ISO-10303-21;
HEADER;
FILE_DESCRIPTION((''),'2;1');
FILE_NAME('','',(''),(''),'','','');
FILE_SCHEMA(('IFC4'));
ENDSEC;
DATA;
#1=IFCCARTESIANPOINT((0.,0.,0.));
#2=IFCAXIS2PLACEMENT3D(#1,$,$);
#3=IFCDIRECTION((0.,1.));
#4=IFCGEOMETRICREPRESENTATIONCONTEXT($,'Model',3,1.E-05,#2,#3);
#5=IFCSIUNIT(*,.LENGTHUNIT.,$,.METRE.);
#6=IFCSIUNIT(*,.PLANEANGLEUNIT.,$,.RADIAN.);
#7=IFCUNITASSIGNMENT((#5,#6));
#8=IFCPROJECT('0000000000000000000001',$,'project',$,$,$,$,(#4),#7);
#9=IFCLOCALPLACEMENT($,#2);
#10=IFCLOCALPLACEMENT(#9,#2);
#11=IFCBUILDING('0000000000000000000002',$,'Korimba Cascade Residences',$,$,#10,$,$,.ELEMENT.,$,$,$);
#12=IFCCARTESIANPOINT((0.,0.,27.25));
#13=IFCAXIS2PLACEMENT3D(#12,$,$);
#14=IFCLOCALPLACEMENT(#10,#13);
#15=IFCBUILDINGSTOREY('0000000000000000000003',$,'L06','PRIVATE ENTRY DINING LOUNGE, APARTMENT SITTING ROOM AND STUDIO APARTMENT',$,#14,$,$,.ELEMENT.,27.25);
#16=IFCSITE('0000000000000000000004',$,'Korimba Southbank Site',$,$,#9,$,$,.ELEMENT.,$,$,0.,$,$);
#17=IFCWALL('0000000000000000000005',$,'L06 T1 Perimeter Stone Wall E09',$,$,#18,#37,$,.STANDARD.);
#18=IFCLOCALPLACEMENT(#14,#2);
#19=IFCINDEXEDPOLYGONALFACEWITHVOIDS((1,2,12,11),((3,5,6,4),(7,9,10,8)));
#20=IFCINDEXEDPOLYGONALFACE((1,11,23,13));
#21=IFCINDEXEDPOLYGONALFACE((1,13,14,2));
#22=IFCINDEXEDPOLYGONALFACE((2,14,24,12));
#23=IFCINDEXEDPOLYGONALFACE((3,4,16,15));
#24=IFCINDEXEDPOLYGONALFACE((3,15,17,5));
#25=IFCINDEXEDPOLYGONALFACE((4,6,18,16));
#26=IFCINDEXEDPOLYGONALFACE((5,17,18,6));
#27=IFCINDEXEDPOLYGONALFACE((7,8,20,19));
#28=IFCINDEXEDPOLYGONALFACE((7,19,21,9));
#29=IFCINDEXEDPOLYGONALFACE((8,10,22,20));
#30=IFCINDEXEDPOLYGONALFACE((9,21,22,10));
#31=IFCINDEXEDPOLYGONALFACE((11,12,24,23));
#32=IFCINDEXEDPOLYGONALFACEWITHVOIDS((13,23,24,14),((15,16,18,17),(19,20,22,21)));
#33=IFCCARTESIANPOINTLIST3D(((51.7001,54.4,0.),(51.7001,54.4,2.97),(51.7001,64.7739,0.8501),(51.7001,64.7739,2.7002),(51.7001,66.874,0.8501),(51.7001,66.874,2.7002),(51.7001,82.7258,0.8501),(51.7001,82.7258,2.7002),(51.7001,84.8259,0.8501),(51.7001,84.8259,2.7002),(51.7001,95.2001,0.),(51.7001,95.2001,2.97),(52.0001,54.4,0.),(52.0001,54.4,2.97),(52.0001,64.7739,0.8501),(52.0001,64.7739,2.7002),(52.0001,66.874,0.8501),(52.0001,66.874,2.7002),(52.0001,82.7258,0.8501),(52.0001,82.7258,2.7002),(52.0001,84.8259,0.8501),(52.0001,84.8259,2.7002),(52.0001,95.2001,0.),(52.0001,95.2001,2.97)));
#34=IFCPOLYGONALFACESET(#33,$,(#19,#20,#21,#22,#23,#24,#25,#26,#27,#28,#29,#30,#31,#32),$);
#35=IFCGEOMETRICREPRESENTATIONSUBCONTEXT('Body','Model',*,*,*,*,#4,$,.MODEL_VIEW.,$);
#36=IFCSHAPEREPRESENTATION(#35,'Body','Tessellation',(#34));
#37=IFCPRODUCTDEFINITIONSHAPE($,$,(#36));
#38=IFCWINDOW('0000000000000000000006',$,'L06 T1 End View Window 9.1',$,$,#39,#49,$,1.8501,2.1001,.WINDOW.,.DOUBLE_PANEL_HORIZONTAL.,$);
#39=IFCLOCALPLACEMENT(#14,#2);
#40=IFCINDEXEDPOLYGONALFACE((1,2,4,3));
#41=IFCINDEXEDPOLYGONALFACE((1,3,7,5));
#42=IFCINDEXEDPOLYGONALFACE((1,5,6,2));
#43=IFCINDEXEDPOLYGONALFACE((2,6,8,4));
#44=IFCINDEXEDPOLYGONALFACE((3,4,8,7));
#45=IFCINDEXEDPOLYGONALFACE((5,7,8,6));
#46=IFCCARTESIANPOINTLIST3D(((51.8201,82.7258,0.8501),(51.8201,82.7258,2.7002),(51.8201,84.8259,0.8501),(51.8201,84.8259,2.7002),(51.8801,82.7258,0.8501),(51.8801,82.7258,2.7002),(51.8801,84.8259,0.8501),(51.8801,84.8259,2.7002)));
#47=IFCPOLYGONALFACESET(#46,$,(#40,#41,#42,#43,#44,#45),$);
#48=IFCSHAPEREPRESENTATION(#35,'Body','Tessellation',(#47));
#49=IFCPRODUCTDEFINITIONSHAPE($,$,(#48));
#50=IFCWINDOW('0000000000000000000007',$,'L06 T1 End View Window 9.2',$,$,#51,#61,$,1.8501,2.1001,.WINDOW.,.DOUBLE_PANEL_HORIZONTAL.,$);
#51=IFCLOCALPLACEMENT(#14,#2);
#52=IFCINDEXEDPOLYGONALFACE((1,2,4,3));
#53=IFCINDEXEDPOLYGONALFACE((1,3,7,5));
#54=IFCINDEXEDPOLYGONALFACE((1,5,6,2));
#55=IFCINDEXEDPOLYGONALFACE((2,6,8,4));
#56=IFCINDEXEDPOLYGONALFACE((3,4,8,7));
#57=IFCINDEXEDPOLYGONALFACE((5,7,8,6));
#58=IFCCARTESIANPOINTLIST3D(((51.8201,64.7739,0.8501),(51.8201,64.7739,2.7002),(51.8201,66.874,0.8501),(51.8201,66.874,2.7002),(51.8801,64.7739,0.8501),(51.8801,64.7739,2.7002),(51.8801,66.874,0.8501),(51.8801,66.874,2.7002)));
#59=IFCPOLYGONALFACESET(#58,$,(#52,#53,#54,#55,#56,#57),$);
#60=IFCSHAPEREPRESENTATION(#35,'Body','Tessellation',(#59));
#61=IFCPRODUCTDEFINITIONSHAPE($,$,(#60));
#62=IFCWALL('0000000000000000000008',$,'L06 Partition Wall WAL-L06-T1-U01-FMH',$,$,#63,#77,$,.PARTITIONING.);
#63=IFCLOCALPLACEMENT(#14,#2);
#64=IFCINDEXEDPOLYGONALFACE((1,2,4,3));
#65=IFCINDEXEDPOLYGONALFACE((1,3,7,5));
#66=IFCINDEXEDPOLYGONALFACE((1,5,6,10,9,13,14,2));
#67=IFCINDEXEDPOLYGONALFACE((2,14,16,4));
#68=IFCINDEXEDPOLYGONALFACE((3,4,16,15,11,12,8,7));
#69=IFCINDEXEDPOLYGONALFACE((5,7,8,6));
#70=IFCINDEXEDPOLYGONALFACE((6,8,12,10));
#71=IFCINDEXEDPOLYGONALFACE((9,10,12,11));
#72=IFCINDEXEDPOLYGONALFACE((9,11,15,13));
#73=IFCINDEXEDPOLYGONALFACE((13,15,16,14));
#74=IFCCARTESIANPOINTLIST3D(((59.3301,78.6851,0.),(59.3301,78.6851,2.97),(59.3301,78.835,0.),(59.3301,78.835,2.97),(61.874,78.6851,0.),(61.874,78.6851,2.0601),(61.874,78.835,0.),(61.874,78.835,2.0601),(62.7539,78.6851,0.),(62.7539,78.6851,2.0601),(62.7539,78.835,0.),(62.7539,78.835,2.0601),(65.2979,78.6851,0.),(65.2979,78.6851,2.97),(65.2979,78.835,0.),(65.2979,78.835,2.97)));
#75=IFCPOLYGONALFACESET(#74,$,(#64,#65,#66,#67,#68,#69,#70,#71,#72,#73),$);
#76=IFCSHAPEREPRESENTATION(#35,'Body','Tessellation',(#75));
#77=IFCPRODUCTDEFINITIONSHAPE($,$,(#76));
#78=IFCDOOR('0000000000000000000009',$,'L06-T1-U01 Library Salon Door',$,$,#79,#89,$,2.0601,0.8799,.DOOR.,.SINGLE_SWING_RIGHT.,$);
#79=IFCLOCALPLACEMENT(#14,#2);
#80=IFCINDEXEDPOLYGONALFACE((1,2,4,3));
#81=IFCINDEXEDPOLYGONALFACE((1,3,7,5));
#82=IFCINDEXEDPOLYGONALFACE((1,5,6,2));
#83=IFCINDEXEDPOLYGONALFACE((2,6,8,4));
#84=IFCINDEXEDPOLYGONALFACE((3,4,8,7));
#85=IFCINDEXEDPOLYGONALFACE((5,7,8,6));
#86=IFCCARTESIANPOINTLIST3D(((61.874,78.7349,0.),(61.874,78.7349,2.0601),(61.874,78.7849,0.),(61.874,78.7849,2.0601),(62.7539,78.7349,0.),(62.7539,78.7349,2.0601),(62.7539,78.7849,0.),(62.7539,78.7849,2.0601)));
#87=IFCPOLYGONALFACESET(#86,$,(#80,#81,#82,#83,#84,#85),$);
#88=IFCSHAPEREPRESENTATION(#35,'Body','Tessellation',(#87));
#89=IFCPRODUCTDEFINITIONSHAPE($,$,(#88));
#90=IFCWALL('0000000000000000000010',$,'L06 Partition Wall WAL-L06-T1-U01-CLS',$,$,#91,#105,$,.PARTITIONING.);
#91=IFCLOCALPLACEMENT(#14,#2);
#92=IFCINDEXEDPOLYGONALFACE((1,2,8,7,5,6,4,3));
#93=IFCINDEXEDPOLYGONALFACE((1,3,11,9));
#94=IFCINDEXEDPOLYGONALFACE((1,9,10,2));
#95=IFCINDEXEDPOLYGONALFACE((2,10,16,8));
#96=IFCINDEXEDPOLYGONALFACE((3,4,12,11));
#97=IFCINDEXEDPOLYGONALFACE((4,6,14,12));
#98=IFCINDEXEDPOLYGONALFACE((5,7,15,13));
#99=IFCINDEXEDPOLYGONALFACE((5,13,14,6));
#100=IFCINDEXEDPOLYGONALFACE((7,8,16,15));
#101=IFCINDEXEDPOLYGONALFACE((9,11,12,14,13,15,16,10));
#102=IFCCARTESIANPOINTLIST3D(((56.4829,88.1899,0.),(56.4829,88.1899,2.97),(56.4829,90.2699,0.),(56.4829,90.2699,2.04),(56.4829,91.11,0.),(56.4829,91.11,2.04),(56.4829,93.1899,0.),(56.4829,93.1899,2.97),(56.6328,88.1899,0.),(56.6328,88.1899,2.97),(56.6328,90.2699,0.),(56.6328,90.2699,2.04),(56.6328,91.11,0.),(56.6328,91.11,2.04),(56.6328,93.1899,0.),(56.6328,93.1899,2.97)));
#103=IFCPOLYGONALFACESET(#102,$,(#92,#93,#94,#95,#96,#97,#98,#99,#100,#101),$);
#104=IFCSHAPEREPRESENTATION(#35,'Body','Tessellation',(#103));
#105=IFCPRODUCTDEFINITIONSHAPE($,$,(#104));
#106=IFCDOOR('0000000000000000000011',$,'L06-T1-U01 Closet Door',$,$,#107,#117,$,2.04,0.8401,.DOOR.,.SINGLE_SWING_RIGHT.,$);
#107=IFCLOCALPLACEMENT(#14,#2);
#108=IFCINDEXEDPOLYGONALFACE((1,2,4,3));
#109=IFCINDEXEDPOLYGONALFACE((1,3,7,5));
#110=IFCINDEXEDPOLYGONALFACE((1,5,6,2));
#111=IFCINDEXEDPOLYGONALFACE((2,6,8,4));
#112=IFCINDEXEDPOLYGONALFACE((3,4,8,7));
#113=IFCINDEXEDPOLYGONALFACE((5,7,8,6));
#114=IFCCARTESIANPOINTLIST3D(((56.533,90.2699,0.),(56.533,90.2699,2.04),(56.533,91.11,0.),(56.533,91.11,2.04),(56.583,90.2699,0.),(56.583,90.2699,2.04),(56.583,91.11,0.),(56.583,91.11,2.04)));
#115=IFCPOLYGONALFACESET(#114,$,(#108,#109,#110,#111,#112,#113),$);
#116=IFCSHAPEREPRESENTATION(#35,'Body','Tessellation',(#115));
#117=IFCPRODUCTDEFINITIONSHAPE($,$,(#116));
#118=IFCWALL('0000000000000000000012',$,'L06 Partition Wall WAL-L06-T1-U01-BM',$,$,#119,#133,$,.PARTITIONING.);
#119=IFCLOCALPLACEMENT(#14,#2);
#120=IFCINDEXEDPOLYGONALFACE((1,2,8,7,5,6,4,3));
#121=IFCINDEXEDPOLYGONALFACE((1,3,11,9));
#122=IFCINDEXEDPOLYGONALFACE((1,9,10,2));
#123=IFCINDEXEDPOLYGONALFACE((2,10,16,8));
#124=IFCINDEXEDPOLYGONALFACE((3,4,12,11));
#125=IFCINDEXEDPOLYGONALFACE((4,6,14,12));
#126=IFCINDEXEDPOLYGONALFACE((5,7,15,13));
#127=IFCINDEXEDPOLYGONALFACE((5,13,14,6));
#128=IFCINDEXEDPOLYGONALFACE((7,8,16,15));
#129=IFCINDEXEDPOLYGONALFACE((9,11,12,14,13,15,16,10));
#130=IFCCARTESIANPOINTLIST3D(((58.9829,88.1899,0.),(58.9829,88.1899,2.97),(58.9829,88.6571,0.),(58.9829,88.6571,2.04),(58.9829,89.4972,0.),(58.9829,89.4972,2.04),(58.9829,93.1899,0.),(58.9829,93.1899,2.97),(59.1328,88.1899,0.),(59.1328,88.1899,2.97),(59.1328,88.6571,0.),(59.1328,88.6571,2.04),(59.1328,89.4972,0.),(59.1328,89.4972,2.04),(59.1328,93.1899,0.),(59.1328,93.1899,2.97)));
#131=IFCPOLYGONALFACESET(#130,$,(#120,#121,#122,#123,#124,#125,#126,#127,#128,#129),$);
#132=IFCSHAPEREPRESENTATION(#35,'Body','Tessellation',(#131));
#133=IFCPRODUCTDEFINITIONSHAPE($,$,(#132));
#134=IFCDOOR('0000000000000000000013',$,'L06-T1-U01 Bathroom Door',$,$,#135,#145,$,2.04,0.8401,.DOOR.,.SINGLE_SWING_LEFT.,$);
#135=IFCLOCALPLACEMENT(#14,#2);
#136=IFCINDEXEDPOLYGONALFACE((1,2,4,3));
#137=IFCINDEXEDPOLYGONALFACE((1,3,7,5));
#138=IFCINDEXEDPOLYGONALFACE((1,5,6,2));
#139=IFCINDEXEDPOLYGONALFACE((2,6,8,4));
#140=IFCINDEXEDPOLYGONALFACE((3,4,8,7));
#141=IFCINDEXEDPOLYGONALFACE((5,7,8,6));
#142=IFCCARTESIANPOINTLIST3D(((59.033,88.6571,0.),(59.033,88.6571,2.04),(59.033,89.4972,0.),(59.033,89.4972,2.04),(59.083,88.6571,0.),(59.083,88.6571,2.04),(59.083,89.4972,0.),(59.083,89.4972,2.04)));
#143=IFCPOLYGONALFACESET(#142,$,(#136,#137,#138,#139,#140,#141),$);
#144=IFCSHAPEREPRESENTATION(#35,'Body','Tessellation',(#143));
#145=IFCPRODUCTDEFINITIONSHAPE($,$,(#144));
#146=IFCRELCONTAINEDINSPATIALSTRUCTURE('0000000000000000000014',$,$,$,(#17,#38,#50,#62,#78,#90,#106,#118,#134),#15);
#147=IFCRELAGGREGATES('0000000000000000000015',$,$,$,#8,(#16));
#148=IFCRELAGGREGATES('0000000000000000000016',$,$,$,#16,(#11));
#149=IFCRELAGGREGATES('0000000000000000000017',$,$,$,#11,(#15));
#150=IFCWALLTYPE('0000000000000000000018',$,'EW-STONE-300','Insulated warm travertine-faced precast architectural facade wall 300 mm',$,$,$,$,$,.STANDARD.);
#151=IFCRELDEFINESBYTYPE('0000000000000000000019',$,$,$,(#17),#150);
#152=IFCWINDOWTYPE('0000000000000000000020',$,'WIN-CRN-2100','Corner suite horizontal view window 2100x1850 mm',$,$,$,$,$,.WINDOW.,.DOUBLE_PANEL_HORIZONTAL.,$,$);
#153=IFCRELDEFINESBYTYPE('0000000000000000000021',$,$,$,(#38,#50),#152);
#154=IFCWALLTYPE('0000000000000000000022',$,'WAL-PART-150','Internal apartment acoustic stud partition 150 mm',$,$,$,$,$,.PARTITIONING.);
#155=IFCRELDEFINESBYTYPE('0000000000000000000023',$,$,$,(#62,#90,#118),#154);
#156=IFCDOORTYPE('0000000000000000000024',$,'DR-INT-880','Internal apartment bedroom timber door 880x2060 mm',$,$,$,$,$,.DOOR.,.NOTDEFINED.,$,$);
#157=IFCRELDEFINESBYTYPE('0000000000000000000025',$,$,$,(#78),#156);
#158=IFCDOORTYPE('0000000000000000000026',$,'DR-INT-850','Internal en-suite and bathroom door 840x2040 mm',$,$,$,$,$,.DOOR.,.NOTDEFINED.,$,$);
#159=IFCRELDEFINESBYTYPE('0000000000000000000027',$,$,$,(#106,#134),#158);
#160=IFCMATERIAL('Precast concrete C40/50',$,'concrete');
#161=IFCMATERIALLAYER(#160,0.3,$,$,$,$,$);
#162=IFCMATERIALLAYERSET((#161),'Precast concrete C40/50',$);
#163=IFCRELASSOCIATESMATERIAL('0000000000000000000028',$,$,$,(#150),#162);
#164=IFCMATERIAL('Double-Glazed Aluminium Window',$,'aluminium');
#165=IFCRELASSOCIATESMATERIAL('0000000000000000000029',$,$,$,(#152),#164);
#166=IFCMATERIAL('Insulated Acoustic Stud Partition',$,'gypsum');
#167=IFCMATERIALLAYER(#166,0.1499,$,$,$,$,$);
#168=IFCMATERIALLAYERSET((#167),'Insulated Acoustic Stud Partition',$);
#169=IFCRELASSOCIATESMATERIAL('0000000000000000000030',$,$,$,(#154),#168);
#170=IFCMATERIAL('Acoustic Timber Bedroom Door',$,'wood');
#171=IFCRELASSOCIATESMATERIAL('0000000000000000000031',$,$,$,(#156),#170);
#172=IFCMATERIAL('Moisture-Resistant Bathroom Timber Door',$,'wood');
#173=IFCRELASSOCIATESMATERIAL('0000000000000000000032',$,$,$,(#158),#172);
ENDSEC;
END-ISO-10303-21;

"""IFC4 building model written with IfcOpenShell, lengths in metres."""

from ifc_helpers import new_model, si_unit, direction, frame, frame_2d, origin, place, context, subcontext, project, spatial, rectangle, extrude, material, layer, layer_set, type_object, element, fill, save


model = new_model("IFC4")

# Units and contexts
model_context = context("Model", 3, precision=1e-05, world=origin(), true_north=direction((0.0, 1.0)))
body_context = subcontext(model_context, "Body", "Model", "MODEL_VIEW")
ifc_project = project(units=[si_unit("LENGTHUNIT", "METRE"), si_unit("PLANEANGLEUNIT", "RADIAN")], contexts=[model_context])

# Site, building, storey
site_placement = place(None, origin())
site = spatial("IfcSite", under=ifc_project, at=site_placement, Name="Korimba Southbank Site", CompositionType="ELEMENT", RefElevation=0.0)
building_placement = place(site_placement, origin())
building = spatial("IfcBuilding", under=site, at=building_placement, Name="Korimba Cascade Residences", CompositionType="ELEMENT")
storey_placement = place(building_placement, frame((0.0, 0.0, 27.25)))
storey = spatial("IfcBuildingStorey", under=building, at=storey_placement, Name="L06", Description="PRIVATE ENTRY DINING LOUNGE, APARTMENT SITTING ROOM AND STUDIO APARTMENT", CompositionType="ELEMENT", Elevation=27.25)

# Shared definitions
ifc_material_1 = material(Name="Precast concrete C40/50", Category="concrete")
ifc_layer_1 = layer(ifc_material_1, 0.3)
ifc_layer_set_1 = layer_set([ifc_layer_1], Name="Precast concrete C40/50")
wall_type_1 = type_object("IfcWallType", Name="EW-STONE-300", Description="Insulated warm travertine-faced precast architectural facade wall 300 mm", PredefinedType="STANDARD", material=ifc_layer_set_1)

# Wall, openings, windows
wall_1_placement = place(storey_placement, frame((51.8501, 95.2, 0.0), z_axis=(0.0, 0.0, 1.0), x_axis=(0.0, -1.0, 0.0)))
wall_1 = element("IfcWall", 1, at=wall_1_placement, inside=storey, type_object=wall_type_1, Name="L06 T1 Perimeter Stone Wall E09", PredefinedType="STANDARD", context=body_context, shape_type="SweptSolid", body=[
    extrude(rectangle(XDim=40.8, YDim=0.3, at=frame_2d((20.3999, 0.0))), origin(), (0.0, 0.0, 1.0), 2.97),
])
opening_1_placement = place(wall_1_placement, frame((10.374, 0.0, 0.8501)))
opening_1 = element("IfcOpeningElement", 2, at=opening_1_placement, cuts=wall_1, PredefinedType="OPENING", context=body_context, shape_type="SweptSolid", body=[
    extrude(rectangle(XDim=2.1001, YDim=1.8501, at=frame_2d((1.05, 0.925))), frame((0.0, 0.1602, 0.0), z_axis=(0.0, -1.0, 0.0), x_axis=(1.0, 0.0, 0.0)), (0.0, 0.0, 1.0), 0.3201),
])
opening_2_placement = place(wall_1_placement, frame((28.3259, 0.0, 0.8501)))
opening_2 = element("IfcOpeningElement", 3, at=opening_2_placement, cuts=wall_1, PredefinedType="OPENING", context=body_context, shape_type="SweptSolid", body=[
    extrude(rectangle(XDim=2.1001, YDim=1.8501, at=frame_2d((1.05, 0.925))), frame((0.0, 0.1602, 0.0), z_axis=(0.0, -1.0, 0.0), x_axis=(1.0, 0.0, 0.0)), (0.0, 0.0, 1.0), 0.3201),
])
ifc_material_2 = material(Name="Double-Glazed Aluminium Window", Category="aluminium")
window_type = type_object("IfcWindowType", Name="WIN-CRN-2100", Description="Corner suite horizontal view window 2100x1850 mm", PartitioningType="DOUBLE_PANEL_HORIZONTAL", PredefinedType="WINDOW", material=ifc_material_2)
window_1_placement = place(opening_1_placement, origin())
window_1 = element("IfcWindow", 4, at=window_1_placement, inside=storey, type_object=window_type, Name="L06 T1 End View Window 9.1", OverallHeight=1.8501, OverallWidth=2.1001, PartitioningType="DOUBLE_PANEL_HORIZONTAL", PredefinedType="WINDOW", context=body_context, shape_type="SweptSolid", body=[
    extrude(rectangle(XDim=2.1001, YDim=1.8501, at=frame_2d((1.05, 0.925))), frame((0.0, 0.03, 0.0), z_axis=(0.0, -1.0, 0.0), x_axis=(1.0, 0.0, 0.0)), (0.0, 0.0, 1.0), 0.0601),
])
fill(opening_1, window_1)
window_2_placement = place(opening_2_placement, origin())
window_2 = element("IfcWindow", 5, at=window_2_placement, inside=storey, type_object=window_type, Name="L06 T1 End View Window 9.2", OverallHeight=1.8501, OverallWidth=2.1001, PartitioningType="DOUBLE_PANEL_HORIZONTAL", PredefinedType="WINDOW", context=body_context, shape_type="SweptSolid", body=[
    extrude(rectangle(XDim=2.1001, YDim=1.8501, at=frame_2d((1.05, 0.925))), frame((0.0, 0.03, 0.0), z_axis=(0.0, -1.0, 0.0), x_axis=(1.0, 0.0, 0.0)), (0.0, 0.0, 1.0), 0.0601),
])
fill(opening_2, window_2)

# Walls, openings, doors
ifc_material_3 = material(Name="Insulated Acoustic Stud Partition", Category="gypsum")
ifc_layer_2 = layer(ifc_material_3, 0.1499)
ifc_layer_set_2 = layer_set([ifc_layer_2], Name="Insulated Acoustic Stud Partition")
wall_type_2 = type_object("IfcWallType", Name="WAL-PART-150", Description="Internal apartment acoustic stud partition 150 mm", PredefinedType="PARTITIONING", material=ifc_layer_set_2)
wall_2_placement = place(storey_placement, frame((59.3301, 78.76, 0.0), z_axis=(0.0, 0.0, 1.0), x_axis=(1.0, 0.0, 0.0)))
wall_2 = element("IfcWall", 6, at=wall_2_placement, inside=storey, type_object=wall_type_2, Name="L06 Partition Wall WAL-L06-T1-U01-FMH", PredefinedType="PARTITIONING", context=body_context, shape_type="SweptSolid", body=[
    extrude(rectangle(XDim=5.9678, YDim=0.1499, at=frame_2d((2.9839, 0.0))), origin(), (0.0, 0.0, 1.0), 2.97),
])
opening_3_placement = place(wall_2_placement, frame((2.5439, 0.0, 0.0)))
opening_3 = element("IfcOpeningElement", 7, at=opening_3_placement, cuts=wall_2, PredefinedType="OPENING", context=body_context, shape_type="SweptSolid", body=[
    extrude(rectangle(XDim=0.8799, YDim=2.0601, at=frame_2d((0.4399, 1.03))), frame((0.0, 0.085, 0.0), z_axis=(0.0, -1.0, 0.0), x_axis=(1.0, 0.0, 0.0)), (0.0, 0.0, 1.0), 0.1699),
])
ifc_material_4 = material(Name="Acoustic Timber Bedroom Door", Category="wood")
door_type_1 = type_object("IfcDoorType", Name="DR-INT-880", Description="Internal apartment bedroom timber door 880x2060 mm", OperationType="NOTDEFINED", PredefinedType="DOOR", material=ifc_material_4)
door_1_placement = place(opening_3_placement, origin())
door_1 = element("IfcDoor", 8, at=door_1_placement, inside=storey, type_object=door_type_1, Name="L06-T1-U01 Library Salon Door", OperationType="SINGLE_SWING_RIGHT", OverallHeight=2.0601, OverallWidth=0.8799, PredefinedType="DOOR", context=body_context, shape_type="SweptSolid", body=[
    extrude(rectangle(XDim=0.8799, YDim=2.0601, at=frame_2d((0.4399, 1.03))), frame((0.0, 0.0249, 0.0), z_axis=(0.0, -1.0, 0.0), x_axis=(1.0, 0.0, 0.0)), (0.0, 0.0, 1.0), 0.05),
])
fill(opening_3, door_1)
wall_3_placement = place(storey_placement, frame((56.5579, 88.1899, 0.0), z_axis=(0.0, 0.0, 1.0), x_axis=(0.0, 1.0, 0.0)))
wall_3 = element("IfcWall", 9, at=wall_3_placement, inside=storey, type_object=wall_type_2, Name="L06 Partition Wall WAL-L06-T1-U01-CLS", PredefinedType="PARTITIONING", context=body_context, shape_type="SweptSolid", body=[
    extrude(rectangle(XDim=5.0, YDim=0.1499, at=frame_2d((2.5, 0.0))), origin(), (0.0, 0.0, 1.0), 2.97),
])
opening_4_placement = place(wall_3_placement, frame((2.0801, 0.0, 0.0)))
opening_4 = element("IfcOpeningElement", 10, at=opening_4_placement, cuts=wall_3, PredefinedType="OPENING", context=body_context, shape_type="SweptSolid", body=[
    extrude(rectangle(XDim=0.8401, YDim=2.04, at=frame_2d((0.4199, 1.02))), frame((0.0, 0.085, 0.0), z_axis=(0.0, -1.0, 0.0), x_axis=(1.0, 0.0, 0.0)), (0.0, 0.0, 1.0), 0.1699),
])
ifc_material_5 = material(Name="Moisture-Resistant Bathroom Timber Door", Category="wood")
door_type_2 = type_object("IfcDoorType", Name="DR-INT-850", Description="Internal en-suite and bathroom door 840x2040 mm", OperationType="NOTDEFINED", PredefinedType="DOOR", material=ifc_material_5)
door_2_placement = place(opening_4_placement, origin())
door_2 = element("IfcDoor", 11, at=door_2_placement, inside=storey, type_object=door_type_2, Name="L06-T1-U01 Closet Door", OperationType="SINGLE_SWING_RIGHT", OverallHeight=2.04, OverallWidth=0.8401, PredefinedType="DOOR", context=body_context, shape_type="SweptSolid", body=[
    extrude(rectangle(XDim=0.8401, YDim=2.04, at=frame_2d((0.4199, 1.02))), frame((0.0, 0.0249, 0.0), z_axis=(0.0, -1.0, 0.0), x_axis=(1.0, 0.0, 0.0)), (0.0, 0.0, 1.0), 0.05),
])
fill(opening_4, door_2)
wall_4_placement = place(storey_placement, frame((59.0579, 88.1899, 0.0), z_axis=(0.0, 0.0, 1.0), x_axis=(0.0, 1.0, 0.0)))
wall_4 = element("IfcWall", 12, at=wall_4_placement, inside=storey, type_object=wall_type_2, Name="L06 Partition Wall WAL-L06-T1-U01-BM", PredefinedType="PARTITIONING", context=body_context, shape_type="SweptSolid", body=[
    extrude(rectangle(XDim=5.0, YDim=0.1499, at=frame_2d((2.5, 0.0))), origin(), (0.0, 0.0, 1.0), 2.97),
])
opening_5_placement = place(wall_4_placement, frame((0.4673, 0.0, 0.0)))
opening_5 = element("IfcOpeningElement", 13, at=opening_5_placement, cuts=wall_4, PredefinedType="OPENING", context=body_context, shape_type="SweptSolid", body=[
    extrude(rectangle(XDim=0.8401, YDim=2.04, at=frame_2d((0.4199, 1.02))), frame((0.0, 0.085, 0.0), z_axis=(0.0, -1.0, 0.0), x_axis=(1.0, 0.0, 0.0)), (0.0, 0.0, 1.0), 0.1699),
])
door_3_placement = place(opening_5_placement, origin())
door_3 = element("IfcDoor", 14, at=door_3_placement, inside=storey, type_object=door_type_2, Name="L06-T1-U01 Bathroom Door", OperationType="SINGLE_SWING_LEFT", OverallHeight=2.04, OverallWidth=0.8401, PredefinedType="DOOR", context=body_context, shape_type="SweptSolid", body=[
    extrude(rectangle(XDim=0.8401, YDim=2.04, at=frame_2d((0.4199, 1.02))), frame((0.0, 0.0249, 0.0), z_axis=(0.0, -1.0, 0.0), x_axis=(1.0, 0.0, 0.0)), (0.0, 0.0, 1.0), 0.05),
])
fill(opening_5, door_3)

save(model, "model.ifc")
